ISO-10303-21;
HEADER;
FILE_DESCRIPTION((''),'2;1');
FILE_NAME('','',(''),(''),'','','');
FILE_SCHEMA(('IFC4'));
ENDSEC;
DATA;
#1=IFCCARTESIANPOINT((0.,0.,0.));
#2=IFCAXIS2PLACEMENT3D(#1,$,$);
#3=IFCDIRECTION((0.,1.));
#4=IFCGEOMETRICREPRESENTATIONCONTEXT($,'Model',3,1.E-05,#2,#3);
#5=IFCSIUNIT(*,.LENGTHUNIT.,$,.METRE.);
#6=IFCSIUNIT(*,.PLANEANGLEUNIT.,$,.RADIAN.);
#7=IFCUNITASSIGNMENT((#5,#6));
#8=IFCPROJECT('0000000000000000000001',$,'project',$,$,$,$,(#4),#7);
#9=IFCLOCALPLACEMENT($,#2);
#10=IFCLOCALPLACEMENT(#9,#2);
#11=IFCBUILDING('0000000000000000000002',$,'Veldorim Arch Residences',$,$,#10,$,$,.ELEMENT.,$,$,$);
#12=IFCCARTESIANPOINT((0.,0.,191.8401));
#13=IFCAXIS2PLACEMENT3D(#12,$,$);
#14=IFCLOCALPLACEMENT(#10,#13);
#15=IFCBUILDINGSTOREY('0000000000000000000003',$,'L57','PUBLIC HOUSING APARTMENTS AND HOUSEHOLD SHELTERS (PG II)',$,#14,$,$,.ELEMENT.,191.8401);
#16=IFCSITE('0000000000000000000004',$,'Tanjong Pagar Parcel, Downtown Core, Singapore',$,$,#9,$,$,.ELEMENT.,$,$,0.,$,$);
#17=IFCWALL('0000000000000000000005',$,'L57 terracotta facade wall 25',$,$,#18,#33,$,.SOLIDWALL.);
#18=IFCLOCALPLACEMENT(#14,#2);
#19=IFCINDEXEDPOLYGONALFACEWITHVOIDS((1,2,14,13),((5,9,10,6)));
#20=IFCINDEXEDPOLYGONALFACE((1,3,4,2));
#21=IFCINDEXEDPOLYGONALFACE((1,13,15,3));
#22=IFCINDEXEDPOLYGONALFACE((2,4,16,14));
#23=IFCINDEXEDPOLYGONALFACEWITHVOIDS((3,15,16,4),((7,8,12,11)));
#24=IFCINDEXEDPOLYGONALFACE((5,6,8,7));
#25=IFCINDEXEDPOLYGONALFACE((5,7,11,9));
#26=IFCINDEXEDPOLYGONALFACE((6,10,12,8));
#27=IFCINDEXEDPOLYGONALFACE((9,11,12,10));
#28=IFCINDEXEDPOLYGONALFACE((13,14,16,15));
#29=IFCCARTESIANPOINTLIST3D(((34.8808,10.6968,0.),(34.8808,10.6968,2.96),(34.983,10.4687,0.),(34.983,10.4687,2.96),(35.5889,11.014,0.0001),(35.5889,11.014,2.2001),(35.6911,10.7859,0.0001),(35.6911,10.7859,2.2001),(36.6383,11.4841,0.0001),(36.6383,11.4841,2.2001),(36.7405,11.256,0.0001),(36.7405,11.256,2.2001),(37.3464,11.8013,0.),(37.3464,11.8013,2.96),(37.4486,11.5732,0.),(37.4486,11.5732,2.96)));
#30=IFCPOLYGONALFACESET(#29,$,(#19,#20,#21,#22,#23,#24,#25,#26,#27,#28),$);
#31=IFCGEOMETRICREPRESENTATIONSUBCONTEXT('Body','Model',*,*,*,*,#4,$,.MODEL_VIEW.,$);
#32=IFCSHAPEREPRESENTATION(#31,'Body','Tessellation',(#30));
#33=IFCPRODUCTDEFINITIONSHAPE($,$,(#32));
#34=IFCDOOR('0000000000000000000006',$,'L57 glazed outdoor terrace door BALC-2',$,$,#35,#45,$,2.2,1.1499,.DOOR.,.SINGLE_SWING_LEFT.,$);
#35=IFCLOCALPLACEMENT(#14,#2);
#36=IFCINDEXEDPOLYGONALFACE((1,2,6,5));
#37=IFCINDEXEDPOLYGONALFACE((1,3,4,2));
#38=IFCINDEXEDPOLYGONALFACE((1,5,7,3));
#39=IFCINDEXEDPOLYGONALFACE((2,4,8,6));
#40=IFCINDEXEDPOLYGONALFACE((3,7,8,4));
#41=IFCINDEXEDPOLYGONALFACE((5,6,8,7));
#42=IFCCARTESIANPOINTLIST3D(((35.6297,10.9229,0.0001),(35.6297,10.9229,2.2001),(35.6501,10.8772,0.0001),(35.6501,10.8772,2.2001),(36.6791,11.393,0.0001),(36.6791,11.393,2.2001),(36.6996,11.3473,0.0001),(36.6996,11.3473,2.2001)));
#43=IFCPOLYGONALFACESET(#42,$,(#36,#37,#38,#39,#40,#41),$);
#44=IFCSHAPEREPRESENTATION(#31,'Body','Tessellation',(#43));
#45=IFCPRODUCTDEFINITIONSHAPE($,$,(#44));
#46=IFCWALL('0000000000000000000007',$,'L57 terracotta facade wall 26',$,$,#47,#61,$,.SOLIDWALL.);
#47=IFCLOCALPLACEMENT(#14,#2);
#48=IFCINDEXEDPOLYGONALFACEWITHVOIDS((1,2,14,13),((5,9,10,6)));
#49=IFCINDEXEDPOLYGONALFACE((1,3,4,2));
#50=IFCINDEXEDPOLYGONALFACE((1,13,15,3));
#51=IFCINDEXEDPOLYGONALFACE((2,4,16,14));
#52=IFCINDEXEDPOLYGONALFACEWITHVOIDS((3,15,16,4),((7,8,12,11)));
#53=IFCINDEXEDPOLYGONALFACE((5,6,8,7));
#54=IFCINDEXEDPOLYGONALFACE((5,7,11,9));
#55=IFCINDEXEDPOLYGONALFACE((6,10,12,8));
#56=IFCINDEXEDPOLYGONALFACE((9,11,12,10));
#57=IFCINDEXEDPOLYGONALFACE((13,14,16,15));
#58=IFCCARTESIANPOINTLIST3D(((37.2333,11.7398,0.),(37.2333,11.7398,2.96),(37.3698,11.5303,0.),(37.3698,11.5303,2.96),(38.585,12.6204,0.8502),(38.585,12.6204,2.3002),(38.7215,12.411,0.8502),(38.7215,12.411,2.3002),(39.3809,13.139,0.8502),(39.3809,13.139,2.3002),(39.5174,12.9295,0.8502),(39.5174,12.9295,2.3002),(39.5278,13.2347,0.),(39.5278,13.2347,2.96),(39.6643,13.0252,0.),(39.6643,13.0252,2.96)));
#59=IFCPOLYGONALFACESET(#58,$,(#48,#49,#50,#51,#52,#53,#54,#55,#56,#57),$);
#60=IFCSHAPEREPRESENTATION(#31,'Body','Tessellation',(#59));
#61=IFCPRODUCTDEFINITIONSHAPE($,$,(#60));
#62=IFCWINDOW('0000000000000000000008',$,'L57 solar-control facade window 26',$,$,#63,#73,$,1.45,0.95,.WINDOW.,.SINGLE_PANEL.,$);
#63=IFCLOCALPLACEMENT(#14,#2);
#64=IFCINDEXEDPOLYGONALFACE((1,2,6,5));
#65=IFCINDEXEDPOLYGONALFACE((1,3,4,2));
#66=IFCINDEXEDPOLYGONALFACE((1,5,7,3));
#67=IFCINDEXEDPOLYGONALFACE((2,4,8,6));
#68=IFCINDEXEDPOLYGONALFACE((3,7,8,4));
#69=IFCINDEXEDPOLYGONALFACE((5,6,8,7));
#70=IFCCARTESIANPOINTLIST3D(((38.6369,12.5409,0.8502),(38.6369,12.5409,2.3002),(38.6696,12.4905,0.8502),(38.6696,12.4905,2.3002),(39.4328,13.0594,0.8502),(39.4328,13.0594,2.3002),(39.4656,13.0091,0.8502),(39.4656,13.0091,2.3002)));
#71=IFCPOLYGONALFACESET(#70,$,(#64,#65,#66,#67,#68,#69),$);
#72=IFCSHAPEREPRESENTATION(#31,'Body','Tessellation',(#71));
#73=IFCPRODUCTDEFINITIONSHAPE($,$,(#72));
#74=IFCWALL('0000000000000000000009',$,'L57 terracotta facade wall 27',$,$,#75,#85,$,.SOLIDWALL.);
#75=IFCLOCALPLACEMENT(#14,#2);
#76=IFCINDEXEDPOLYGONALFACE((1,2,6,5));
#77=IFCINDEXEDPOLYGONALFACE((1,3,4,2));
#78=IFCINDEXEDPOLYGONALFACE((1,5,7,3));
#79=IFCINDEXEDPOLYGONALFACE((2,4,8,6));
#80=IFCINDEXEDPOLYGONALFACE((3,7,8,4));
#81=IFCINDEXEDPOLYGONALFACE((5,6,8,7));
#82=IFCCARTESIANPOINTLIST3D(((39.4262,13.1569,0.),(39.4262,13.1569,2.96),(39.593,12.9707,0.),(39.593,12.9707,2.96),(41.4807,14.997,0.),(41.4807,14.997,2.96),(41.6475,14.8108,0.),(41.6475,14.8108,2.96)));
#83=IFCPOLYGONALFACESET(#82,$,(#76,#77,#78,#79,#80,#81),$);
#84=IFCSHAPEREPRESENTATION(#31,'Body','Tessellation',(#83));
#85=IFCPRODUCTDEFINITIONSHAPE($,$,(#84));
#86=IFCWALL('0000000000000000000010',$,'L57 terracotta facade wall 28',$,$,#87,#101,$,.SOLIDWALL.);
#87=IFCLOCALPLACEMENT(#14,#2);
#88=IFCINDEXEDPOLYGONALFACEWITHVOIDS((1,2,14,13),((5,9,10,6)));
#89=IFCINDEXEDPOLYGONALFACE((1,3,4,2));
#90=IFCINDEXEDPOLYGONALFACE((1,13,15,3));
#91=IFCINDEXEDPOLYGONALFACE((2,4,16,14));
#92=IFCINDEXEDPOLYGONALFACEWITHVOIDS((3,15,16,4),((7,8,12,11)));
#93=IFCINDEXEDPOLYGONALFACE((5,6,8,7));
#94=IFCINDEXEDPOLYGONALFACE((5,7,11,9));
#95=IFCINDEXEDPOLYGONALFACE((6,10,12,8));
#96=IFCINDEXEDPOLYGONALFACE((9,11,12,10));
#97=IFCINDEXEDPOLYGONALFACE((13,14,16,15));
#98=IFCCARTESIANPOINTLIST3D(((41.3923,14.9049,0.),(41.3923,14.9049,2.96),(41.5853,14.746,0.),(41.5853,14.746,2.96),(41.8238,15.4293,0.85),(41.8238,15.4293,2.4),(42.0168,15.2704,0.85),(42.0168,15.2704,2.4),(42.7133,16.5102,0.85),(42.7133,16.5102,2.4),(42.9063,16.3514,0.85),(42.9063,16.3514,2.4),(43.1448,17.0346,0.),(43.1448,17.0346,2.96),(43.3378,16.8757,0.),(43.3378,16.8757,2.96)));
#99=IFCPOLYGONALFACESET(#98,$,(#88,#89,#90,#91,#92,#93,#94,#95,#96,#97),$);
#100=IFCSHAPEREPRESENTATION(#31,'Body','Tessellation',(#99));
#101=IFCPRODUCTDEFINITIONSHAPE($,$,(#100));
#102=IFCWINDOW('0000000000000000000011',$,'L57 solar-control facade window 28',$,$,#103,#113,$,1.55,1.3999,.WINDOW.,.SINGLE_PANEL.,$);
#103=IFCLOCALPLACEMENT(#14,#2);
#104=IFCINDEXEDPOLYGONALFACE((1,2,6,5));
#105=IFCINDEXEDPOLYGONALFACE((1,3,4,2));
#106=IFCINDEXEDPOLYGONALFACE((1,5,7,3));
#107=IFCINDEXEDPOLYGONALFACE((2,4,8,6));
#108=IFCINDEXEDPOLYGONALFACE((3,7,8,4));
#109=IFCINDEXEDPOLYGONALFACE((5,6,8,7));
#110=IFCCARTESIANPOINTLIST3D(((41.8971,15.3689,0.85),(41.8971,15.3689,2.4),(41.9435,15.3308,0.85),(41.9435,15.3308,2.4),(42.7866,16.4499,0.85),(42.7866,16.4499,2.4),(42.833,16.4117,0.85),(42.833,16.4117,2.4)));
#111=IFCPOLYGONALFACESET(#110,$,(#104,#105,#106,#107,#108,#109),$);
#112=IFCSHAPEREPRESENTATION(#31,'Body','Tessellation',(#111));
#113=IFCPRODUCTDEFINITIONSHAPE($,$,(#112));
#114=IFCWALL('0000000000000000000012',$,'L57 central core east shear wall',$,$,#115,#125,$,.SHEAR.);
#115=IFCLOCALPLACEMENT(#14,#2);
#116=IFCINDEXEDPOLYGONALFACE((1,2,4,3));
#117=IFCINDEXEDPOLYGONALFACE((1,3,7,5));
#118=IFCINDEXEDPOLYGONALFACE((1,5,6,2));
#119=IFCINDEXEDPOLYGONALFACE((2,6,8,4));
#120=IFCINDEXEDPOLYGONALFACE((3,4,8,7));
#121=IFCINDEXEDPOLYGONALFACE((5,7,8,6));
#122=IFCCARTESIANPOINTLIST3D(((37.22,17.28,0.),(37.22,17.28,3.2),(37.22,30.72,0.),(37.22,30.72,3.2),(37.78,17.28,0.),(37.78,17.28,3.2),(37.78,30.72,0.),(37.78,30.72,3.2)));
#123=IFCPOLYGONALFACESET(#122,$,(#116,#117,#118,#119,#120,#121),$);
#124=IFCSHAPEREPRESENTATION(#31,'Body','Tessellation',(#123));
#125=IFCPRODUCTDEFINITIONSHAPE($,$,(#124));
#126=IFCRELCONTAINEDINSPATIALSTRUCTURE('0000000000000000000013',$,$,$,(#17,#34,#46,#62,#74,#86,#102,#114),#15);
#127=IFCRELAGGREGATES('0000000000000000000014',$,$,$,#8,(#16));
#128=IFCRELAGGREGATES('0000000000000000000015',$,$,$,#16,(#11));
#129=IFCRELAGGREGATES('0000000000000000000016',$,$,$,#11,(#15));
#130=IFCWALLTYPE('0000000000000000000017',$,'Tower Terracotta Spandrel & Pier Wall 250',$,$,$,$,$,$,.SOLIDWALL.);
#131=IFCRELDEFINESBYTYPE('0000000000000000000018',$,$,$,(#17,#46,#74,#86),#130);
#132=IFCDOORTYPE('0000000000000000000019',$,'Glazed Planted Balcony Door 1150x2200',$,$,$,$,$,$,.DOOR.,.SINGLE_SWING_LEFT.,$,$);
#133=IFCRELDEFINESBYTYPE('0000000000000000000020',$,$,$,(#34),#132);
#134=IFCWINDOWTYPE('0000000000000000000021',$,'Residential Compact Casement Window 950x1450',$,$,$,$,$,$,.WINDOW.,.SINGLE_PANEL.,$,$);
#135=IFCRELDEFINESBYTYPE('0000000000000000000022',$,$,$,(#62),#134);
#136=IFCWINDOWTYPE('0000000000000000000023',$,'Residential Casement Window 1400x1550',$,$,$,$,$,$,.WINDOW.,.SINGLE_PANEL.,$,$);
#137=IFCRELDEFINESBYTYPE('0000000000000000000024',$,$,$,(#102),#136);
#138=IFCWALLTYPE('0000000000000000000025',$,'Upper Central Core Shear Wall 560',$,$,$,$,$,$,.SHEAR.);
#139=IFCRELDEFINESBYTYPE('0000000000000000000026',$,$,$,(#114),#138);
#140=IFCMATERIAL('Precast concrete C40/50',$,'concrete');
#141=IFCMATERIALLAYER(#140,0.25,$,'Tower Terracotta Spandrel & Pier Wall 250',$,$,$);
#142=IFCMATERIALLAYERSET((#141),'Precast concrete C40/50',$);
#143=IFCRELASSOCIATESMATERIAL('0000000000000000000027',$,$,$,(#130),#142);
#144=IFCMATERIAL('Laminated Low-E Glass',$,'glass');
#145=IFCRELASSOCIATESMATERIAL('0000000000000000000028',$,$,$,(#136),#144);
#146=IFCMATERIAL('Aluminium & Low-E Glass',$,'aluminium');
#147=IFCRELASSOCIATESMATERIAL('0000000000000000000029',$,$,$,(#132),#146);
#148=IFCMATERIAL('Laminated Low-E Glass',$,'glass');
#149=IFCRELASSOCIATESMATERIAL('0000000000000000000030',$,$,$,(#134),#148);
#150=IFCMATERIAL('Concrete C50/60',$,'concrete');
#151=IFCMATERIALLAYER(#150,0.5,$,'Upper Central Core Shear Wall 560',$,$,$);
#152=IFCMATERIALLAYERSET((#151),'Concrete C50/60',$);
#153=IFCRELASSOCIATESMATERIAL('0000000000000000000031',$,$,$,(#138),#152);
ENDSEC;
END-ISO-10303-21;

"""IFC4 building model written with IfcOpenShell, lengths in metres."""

from ifc_helpers import new_model, si_unit, direction, frame, frame_2d, origin, place, context, subcontext, project, spatial, rectangle, extrude, material, layer, layer_set, type_object, element, fill, save


model = new_model("IFC4")

# Units and contexts
model_context = context("Model", 3, precision=1e-05, world=origin(), true_north=direction((0.0, 1.0)))
body_context = subcontext(model_context, "Body", "Model", "MODEL_VIEW")
ifc_project = project(units=[si_unit("LENGTHUNIT", "METRE"), si_unit("PLANEANGLEUNIT", "RADIAN")], contexts=[model_context])

# Site, building, storey
site_placement = place(None, origin())
site = spatial("IfcSite", under=ifc_project, at=site_placement, Name="Tanjong Pagar Parcel, Downtown Core, Singapore", CompositionType="ELEMENT", RefElevation=0.0)
building_placement = place(site_placement, origin())
building = spatial("IfcBuilding", under=site, at=building_placement, Name="Veldorim Arch Residences", CompositionType="ELEMENT")
storey_placement = place(building_placement, frame((0.0, 0.0, 191.8401)))
storey = spatial("IfcBuildingStorey", under=building, at=storey_placement, Name="L57", Description="PUBLIC HOUSING APARTMENTS AND HOUSEHOLD SHELTERS (PG II)", CompositionType="ELEMENT", Elevation=191.8401)

# Shared definitions
ifc_material_1 = material(Name="Precast concrete C40/50", Category="concrete")
ifc_layer_1 = layer(ifc_material_1, 0.25, Name="Tower Terracotta Spandrel & Pier Wall 250")
ifc_layer_set_1 = layer_set([ifc_layer_1], Name="Precast concrete C40/50")
wall_type_1 = type_object("IfcWallType", Name="Tower Terracotta Spandrel & Pier Wall 250", PredefinedType="SOLIDWALL", material=ifc_layer_set_1)
ifc_material_2 = material(Name="Laminated Low-E Glass", Category="glass")
window_type_1 = type_object("IfcWindowType", Name="Residential Casement Window 1400x1550", PartitioningType="SINGLE_PANEL", PredefinedType="WINDOW", material=ifc_material_2)

# Wall, opening, door
wall_1_placement = place(storey_placement, frame((37.3975, 11.6873, 0.0), z_axis=(0.0, 0.0, 1.0), x_axis=(-0.912615, -0.40882, 0.0)))
wall_1 = element("IfcWall", 1, at=wall_1_placement, inside=storey, type_object=wall_type_1, Name="L57 terracotta facade wall 25", PredefinedType="SOLIDWALL", context=body_context, shape_type="SweptSolid", body=[
    extrude(rectangle(XDim=2.7017, YDim=0.25, at=frame_2d((1.3508, 0.0))), origin(), (0.0, 0.0, 1.0), 2.96),
])
opening_1_placement = place(wall_1_placement, frame((0.7759, 0.0, 0.0)))
opening_1 = element("IfcOpeningElement", 2, at=opening_1_placement, cuts=wall_1, PredefinedType="OPENING", context=body_context, shape_type="SweptSolid", body=[
    extrude(rectangle(XDim=1.1499, YDim=2.2, at=frame_2d((0.575, 1.1001))), frame((0.0, 0.135, 0.0), z_axis=(0.0, -1.0, 0.0), x_axis=(1.0, 0.0, 0.0)), (0.0, 0.0, 1.0), 0.27),
])
ifc_material_3 = material(Name="Aluminium & Low-E Glass", Category="aluminium")
door_type_1 = type_object("IfcDoorType", Name="Glazed Planted Balcony Door 1150x2200", OperationType="SINGLE_SWING_LEFT", PredefinedType="DOOR", material=ifc_material_3)
door_1_placement = place(opening_1_placement, origin())
door_1 = element("IfcDoor", 3, at=door_1_placement, inside=storey, type_object=door_type_1, Name="L57 glazed outdoor terrace door BALC-2", OperationType="SINGLE_SWING_LEFT", OverallHeight=2.2, OverallWidth=1.1499, PredefinedType="DOOR", context=body_context, shape_type="SweptSolid", body=[
    extrude(rectangle(XDim=1.1499, YDim=2.2, at=frame_2d((0.575, 1.1001))), frame((0.0, 0.0249, 0.0), z_axis=(0.0, -1.0, 0.0), x_axis=(1.0, 0.0, 0.0)), (0.0, 0.0, 1.0), 0.05),
])
fill(opening_1, door_1)

# Wall, opening, window
wall_2_placement = place(storey_placement, frame((39.5959, 13.1299, 0.0), z_axis=(0.0, 0.0, 1.0), x_axis=(-0.837861, -0.545884, 0.0)))
wall_2 = element("IfcWall", 4, at=wall_2_placement, inside=storey, type_object=wall_type_1, Name="L57 terracotta facade wall 26", PredefinedType="SOLIDWALL", context=body_context, shape_type="SweptSolid", body=[
    extrude(rectangle(XDim=2.7385, YDim=0.25, at=frame_2d((1.3691, 0.0))), origin(), (0.0, 0.0, 1.0), 2.96),
])
opening_2_placement = place(wall_2_placement, frame((0.175, 0.0, 0.8501)))
opening_2 = element("IfcOpeningElement", 5, at=opening_2_placement, cuts=wall_2, PredefinedType="OPENING", context=body_context, shape_type="SweptSolid", body=[
    extrude(rectangle(XDim=0.95, YDim=1.45, at=frame_2d((0.4751, 0.7251))), frame((0.0, 0.135, 0.0), z_axis=(0.0, -1.0, 0.0), x_axis=(1.0, 0.0, 0.0)), (0.0, 0.0, 1.0), 0.27),
])
ifc_material_4 = material(Name="Laminated Low-E Glass", Category="glass")
window_type_2 = type_object("IfcWindowType", Name="Residential Compact Casement Window 950x1450", PartitioningType="SINGLE_PANEL", PredefinedType="WINDOW", material=ifc_material_4)
window_1_placement = place(opening_2_placement, origin())
window_1 = element("IfcWindow", 6, at=window_1_placement, inside=storey, type_object=window_type_2, Name="L57 solar-control facade window 26", OverallHeight=1.45, OverallWidth=0.95, PartitioningType="SINGLE_PANEL", PredefinedType="WINDOW", context=body_context, shape_type="SweptSolid", body=[
    extrude(rectangle(XDim=0.95, YDim=1.45, at=frame_2d((0.4751, 0.7251))), frame((0.0, 0.03, 0.0), z_axis=(0.0, -1.0, 0.0), x_axis=(1.0, 0.0, 0.0)), (0.0, 0.0, 1.0), 0.0601),
])
fill(opening_2, window_1)

# Wall
wall_3_placement = place(storey_placement, frame((41.564, 14.9038, 0.0), z_axis=(0.0, 0.0, 1.0), x_axis=(-0.744899, -0.667178, 0.0)))
element("IfcWall", 7, at=wall_3_placement, inside=storey, type_object=wall_type_1, Name="L57 terracotta facade wall 27", PredefinedType="SOLIDWALL", context=body_context, shape_type="SweptSolid", body=[
    extrude(rectangle(XDim=2.7581, YDim=0.25, at=frame_2d((1.3789, 0.0))), origin(), (0.0, 0.0, 1.0), 2.96),
])

# Wall, opening, window
wall_4_placement = place(storey_placement, frame((43.2412, 16.9551, 0.0), z_axis=(0.0, 0.0, 1.0), x_axis=(-0.635409, -0.772175, 0.0)))
wall_4 = element("IfcWall", 8, at=wall_4_placement, inside=storey, type_object=wall_type_1, Name="L57 terracotta facade wall 28", PredefinedType="SOLIDWALL", context=body_context, shape_type="SweptSolid", body=[
    extrude(rectangle(XDim=2.7581, YDim=0.25, at=frame_2d((1.3789, 0.0))), origin(), (0.0, 0.0, 1.0), 2.96),
])
opening_3_placement = place(wall_4_placement, frame((0.679, 0.0, 0.8501)))
opening_3 = element("IfcOpeningElement", 9, at=opening_3_placement, cuts=wall_4, PredefinedType="OPENING", context=body_context, shape_type="SweptSolid", body=[
    extrude(rectangle(XDim=1.3999, YDim=1.55, at=frame_2d((0.7, 0.7749))), frame((0.0, 0.135, 0.0), z_axis=(0.0, -1.0, 0.0), x_axis=(1.0, 0.0, 0.0)), (0.0, 0.0, 1.0), 0.27),
])
window_2_placement = place(opening_3_placement, origin())
window_2 = element("IfcWindow", 10, at=window_2_placement, inside=storey, type_object=window_type_1, Name="L57 solar-control facade window 28", OverallHeight=1.55, OverallWidth=1.3999, PartitioningType="SINGLE_PANEL", PredefinedType="WINDOW", context=body_context, shape_type="SweptSolid", body=[
    extrude(rectangle(XDim=1.3999, YDim=1.55, at=frame_2d((0.7, 0.7749))), frame((0.0, 0.03, 0.0), z_axis=(0.0, -1.0, 0.0), x_axis=(1.0, 0.0, 0.0)), (0.0, 0.0, 1.0), 0.0601),
])
fill(opening_3, window_2)

# Wall
ifc_material_5 = material(Name="Concrete C50/60", Category="concrete")
ifc_layer_2 = layer(ifc_material_5, 0.5, Name="Upper Central Core Shear Wall 560")
ifc_layer_set_2 = layer_set([ifc_layer_2], Name="Concrete C50/60")
wall_type_2 = type_object("IfcWallType", Name="Upper Central Core Shear Wall 560", PredefinedType="SHEAR", material=ifc_layer_set_2)
wall_5_placement = place(storey_placement, frame((37.5, 17.28, 0.0), z_axis=(0.0, 0.0, 1.0), x_axis=(0.0, 1.0, 0.0)))
element("IfcWall", 11, at=wall_5_placement, inside=storey, type_object=wall_type_2, Name="L57 central core east shear wall", PredefinedType="SHEAR", context=body_context, shape_type="SweptSolid", body=[
    extrude(rectangle(XDim=13.4399, YDim=0.5601, at=frame_2d((6.72, 0.0))), origin(), (0.0, 0.0, 1.0), 3.2),
])

save(model, "model.ifc")
